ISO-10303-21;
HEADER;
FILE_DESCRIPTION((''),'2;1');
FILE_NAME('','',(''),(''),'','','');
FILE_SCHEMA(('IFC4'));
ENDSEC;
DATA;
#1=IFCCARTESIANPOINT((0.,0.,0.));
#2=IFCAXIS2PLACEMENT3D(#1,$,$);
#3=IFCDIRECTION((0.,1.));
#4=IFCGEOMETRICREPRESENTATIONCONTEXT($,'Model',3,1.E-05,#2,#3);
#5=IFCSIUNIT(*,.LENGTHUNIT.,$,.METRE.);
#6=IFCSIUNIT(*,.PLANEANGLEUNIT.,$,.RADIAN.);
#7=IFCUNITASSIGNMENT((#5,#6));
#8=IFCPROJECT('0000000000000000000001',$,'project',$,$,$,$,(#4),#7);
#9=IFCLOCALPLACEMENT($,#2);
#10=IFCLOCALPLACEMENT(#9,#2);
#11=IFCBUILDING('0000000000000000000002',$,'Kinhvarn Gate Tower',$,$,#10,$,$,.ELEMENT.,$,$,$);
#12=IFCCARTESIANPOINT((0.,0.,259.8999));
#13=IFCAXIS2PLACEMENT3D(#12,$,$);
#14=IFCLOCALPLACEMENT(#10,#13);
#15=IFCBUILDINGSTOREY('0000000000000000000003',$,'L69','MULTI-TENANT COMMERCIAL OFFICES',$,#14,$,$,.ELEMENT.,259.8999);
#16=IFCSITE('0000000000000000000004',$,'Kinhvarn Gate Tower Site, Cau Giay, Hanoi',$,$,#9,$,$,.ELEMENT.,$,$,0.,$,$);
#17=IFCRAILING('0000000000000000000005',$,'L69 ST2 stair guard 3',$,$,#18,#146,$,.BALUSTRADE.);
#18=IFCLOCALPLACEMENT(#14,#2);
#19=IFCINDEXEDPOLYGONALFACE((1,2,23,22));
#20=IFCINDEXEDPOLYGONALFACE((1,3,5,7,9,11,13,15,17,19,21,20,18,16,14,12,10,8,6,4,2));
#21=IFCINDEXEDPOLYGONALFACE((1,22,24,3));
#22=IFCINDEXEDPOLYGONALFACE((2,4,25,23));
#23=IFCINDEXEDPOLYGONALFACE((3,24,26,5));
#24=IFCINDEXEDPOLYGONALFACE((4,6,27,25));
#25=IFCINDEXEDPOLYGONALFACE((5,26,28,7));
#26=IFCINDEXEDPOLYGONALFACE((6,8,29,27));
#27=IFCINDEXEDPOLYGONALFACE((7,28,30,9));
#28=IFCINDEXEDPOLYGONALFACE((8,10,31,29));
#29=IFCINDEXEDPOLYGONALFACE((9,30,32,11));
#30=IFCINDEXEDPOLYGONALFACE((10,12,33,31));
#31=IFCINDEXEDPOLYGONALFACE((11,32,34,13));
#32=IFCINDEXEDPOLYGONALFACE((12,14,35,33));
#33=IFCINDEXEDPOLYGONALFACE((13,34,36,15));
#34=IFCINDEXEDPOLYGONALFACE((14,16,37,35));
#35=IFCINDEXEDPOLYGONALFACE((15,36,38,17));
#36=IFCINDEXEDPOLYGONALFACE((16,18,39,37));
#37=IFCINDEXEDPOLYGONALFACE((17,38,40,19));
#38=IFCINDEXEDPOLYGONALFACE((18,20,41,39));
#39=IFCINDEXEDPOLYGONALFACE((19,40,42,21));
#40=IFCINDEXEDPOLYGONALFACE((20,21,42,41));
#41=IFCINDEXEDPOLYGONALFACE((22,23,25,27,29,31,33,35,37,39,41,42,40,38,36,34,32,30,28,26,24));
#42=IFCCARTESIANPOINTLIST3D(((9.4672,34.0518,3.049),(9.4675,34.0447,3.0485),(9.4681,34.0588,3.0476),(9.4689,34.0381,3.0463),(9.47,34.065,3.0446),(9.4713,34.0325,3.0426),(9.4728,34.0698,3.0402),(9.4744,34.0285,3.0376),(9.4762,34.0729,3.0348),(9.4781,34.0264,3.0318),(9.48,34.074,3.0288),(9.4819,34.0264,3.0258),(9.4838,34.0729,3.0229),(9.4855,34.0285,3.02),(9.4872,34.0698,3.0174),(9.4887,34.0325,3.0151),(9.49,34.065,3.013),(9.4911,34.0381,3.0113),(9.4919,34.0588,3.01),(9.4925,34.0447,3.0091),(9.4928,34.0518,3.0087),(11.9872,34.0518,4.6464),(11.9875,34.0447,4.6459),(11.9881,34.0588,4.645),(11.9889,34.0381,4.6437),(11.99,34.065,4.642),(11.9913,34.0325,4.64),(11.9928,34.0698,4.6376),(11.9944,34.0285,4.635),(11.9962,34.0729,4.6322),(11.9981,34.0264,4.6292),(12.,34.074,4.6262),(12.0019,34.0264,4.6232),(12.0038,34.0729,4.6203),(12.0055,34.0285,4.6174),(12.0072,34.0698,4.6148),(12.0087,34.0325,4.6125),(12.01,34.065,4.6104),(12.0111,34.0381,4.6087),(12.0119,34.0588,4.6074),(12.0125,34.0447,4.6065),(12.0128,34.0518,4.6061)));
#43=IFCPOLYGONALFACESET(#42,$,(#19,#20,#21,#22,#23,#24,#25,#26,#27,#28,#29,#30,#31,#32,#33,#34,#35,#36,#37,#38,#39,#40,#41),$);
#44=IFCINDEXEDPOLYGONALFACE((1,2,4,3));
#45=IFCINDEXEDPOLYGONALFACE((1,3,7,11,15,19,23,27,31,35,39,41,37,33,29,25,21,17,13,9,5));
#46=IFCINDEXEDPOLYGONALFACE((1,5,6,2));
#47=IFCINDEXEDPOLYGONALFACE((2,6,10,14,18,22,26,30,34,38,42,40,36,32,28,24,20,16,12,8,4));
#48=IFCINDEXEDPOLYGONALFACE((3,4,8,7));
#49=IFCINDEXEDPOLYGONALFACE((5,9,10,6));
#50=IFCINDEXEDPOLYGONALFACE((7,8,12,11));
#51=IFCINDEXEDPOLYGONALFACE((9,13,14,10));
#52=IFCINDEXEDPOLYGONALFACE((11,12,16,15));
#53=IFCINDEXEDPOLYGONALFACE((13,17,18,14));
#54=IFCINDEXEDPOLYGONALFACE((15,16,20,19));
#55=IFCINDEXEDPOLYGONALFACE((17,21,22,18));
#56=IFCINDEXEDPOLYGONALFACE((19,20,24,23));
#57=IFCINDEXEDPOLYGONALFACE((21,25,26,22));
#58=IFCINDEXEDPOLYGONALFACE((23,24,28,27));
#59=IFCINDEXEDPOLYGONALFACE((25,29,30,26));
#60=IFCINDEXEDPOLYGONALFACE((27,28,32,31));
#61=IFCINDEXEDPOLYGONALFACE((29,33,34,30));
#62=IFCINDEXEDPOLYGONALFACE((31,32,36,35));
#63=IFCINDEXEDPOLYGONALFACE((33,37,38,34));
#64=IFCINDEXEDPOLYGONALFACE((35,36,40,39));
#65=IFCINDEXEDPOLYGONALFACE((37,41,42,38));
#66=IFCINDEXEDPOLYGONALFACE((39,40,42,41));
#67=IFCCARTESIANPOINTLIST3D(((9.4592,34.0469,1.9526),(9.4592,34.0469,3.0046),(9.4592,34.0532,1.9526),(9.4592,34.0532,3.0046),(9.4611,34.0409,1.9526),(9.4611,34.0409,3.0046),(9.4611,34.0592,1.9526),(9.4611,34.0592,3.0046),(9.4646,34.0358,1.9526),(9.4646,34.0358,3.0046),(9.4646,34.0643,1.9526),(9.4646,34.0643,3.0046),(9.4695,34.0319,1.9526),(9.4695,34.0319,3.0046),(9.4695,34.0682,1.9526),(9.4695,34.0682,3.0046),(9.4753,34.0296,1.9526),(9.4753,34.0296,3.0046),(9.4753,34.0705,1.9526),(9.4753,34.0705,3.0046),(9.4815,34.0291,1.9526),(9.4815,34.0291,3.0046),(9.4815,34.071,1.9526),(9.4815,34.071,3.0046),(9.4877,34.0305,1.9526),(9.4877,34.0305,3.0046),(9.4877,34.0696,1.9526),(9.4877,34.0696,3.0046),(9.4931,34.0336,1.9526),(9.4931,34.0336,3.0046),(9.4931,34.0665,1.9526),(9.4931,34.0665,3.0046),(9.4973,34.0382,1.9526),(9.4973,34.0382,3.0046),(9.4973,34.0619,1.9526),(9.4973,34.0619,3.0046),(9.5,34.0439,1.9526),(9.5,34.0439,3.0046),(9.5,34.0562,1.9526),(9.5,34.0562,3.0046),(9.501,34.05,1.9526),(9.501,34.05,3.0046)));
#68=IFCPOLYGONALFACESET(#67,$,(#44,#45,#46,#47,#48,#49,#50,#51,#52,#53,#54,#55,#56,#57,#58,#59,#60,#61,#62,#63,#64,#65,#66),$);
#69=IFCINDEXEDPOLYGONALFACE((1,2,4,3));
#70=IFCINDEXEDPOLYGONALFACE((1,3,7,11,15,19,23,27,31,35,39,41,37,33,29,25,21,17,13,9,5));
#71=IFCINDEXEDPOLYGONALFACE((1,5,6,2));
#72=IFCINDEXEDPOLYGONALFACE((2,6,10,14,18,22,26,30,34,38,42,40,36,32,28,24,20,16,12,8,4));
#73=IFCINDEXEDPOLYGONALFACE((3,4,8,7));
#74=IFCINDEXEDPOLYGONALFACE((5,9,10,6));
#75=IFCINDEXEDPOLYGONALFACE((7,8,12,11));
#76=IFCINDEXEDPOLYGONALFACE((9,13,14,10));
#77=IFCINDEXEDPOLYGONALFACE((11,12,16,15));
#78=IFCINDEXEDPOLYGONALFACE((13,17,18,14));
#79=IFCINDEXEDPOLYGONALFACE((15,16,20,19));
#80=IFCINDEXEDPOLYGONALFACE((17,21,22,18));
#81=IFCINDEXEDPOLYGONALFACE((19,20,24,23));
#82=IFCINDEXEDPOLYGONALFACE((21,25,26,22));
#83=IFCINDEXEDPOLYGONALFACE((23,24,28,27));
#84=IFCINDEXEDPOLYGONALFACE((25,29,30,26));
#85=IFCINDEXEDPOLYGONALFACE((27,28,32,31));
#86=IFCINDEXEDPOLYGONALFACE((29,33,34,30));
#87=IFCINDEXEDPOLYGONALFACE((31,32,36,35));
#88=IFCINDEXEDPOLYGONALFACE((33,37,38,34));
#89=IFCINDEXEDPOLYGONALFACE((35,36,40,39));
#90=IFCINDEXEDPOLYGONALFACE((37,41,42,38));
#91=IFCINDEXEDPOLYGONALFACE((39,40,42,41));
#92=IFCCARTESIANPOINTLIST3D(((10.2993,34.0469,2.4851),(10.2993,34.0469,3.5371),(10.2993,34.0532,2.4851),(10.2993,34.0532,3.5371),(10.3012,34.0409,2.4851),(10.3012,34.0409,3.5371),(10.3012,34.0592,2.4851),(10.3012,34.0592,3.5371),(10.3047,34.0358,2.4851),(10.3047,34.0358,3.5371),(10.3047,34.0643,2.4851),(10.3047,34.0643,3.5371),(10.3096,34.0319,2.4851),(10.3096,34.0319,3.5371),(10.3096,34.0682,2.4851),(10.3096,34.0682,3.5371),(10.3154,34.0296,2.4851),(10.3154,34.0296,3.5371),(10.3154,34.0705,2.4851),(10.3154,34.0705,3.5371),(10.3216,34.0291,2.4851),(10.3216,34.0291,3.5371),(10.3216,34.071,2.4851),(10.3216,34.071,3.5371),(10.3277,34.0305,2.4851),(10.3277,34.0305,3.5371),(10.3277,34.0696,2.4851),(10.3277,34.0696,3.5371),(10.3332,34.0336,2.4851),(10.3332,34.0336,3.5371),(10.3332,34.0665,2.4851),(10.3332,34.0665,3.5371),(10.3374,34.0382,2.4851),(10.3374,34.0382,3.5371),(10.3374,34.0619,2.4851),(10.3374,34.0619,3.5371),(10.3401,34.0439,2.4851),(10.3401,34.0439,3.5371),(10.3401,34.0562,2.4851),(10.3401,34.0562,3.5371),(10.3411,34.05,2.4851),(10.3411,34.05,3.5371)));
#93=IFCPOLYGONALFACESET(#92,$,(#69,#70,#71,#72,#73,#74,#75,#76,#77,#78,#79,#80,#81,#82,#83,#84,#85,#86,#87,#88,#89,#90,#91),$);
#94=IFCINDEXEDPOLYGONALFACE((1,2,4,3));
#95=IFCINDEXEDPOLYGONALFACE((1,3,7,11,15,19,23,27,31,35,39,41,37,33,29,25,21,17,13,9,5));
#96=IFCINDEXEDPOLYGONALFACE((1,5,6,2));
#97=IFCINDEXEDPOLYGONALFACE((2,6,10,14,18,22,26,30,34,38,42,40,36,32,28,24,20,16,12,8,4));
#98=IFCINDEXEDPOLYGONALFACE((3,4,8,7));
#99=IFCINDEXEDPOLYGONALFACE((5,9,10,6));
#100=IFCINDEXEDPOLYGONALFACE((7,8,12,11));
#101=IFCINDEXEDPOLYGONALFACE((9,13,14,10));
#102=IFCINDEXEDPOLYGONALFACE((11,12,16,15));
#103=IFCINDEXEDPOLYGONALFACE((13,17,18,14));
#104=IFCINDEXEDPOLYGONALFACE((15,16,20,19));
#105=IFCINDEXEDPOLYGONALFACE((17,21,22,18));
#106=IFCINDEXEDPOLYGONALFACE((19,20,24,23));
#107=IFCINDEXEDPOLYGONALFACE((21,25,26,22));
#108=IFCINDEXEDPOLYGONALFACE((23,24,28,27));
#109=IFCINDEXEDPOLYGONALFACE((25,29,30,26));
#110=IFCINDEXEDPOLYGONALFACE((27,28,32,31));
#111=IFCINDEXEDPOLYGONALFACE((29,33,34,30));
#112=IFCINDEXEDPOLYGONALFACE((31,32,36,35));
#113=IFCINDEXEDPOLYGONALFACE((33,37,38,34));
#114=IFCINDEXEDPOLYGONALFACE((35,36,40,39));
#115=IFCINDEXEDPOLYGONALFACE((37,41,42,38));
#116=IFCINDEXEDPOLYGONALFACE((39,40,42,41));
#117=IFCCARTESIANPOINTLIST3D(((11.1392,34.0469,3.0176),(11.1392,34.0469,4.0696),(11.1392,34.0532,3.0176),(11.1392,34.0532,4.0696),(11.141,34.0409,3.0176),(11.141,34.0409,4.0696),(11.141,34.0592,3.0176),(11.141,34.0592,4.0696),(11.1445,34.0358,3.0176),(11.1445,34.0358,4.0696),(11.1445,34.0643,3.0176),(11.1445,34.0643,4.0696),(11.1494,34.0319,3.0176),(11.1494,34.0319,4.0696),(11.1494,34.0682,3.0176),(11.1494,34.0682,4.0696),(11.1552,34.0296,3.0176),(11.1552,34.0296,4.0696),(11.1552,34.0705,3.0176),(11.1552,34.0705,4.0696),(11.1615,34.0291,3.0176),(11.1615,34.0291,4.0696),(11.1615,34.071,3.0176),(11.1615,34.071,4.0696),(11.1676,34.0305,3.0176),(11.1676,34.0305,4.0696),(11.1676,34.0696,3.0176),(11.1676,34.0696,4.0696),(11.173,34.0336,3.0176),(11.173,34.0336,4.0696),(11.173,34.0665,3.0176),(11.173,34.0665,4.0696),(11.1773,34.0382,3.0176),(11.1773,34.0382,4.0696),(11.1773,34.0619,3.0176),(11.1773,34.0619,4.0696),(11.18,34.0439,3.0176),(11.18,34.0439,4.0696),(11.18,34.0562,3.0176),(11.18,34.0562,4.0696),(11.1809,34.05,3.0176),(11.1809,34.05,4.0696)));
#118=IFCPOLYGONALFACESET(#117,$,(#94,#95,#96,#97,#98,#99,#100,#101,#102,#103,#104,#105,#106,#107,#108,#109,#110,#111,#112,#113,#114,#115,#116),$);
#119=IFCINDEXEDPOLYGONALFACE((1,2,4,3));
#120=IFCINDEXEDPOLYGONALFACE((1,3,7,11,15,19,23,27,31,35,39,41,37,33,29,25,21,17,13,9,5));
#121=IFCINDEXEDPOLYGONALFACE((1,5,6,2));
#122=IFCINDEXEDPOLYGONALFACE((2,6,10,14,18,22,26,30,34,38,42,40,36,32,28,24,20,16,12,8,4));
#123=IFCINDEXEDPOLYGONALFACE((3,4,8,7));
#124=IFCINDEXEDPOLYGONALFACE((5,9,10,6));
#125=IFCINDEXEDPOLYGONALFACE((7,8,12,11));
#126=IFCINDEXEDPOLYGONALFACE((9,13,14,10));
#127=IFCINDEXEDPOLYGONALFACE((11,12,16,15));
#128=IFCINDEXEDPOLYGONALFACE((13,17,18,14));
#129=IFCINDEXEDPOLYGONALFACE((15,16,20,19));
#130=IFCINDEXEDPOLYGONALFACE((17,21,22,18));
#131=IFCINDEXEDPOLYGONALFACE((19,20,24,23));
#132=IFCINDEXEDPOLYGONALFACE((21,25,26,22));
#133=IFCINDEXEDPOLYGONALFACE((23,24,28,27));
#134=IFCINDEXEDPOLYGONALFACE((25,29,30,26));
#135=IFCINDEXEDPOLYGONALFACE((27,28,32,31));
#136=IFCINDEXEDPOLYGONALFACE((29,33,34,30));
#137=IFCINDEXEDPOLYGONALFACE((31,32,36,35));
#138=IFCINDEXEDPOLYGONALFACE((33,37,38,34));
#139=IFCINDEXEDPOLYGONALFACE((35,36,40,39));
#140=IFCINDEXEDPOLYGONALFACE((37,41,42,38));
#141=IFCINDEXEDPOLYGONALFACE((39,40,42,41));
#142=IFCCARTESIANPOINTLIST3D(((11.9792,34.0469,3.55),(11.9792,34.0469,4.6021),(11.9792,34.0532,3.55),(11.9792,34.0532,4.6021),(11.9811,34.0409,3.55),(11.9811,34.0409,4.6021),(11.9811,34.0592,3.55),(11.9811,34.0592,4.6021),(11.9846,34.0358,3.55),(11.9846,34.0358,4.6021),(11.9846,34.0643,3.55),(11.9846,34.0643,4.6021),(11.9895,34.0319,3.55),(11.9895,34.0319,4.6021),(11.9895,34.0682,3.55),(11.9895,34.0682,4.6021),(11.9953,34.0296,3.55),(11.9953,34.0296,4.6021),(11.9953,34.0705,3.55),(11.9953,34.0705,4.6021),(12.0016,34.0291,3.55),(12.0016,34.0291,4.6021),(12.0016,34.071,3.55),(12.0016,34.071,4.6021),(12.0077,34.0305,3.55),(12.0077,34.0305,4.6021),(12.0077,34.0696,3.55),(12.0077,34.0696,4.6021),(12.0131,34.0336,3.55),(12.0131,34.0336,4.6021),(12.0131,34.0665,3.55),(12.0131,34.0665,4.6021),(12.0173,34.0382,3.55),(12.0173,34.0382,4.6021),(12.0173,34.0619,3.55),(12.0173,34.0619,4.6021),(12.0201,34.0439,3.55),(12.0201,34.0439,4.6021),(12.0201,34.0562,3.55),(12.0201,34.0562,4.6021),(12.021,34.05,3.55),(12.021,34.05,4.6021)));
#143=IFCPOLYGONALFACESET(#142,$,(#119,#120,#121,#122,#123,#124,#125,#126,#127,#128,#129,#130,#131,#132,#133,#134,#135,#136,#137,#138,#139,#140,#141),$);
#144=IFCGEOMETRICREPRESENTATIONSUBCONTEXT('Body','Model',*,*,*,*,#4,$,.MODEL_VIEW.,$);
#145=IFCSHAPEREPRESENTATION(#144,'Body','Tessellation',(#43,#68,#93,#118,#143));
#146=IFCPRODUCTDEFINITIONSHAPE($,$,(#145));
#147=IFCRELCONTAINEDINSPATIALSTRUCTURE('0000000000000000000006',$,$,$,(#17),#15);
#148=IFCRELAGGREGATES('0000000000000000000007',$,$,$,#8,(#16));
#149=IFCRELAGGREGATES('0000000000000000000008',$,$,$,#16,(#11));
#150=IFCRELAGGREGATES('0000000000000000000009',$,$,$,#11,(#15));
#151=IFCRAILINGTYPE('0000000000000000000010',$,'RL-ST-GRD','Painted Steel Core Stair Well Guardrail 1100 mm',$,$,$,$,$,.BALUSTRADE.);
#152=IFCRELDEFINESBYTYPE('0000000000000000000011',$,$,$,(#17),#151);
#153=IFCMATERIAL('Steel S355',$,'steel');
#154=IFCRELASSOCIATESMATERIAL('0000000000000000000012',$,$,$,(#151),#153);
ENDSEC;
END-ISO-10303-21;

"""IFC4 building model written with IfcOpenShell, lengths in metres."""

from ifc_helpers import new_model, si_unit, direction, frame, origin, origin_2d, place, context, subcontext, project, spatial, circle, extrude, material, type_object, element, save


model = new_model("IFC4")

# Units and contexts
model_context = context("Model", 3, precision=1e-05, world=origin(), true_north=direction((0.0, 1.0)))
body_context = subcontext(model_context, "Body", "Model", "MODEL_VIEW")
ifc_project = project(units=[si_unit("LENGTHUNIT", "METRE"), si_unit("PLANEANGLEUNIT", "RADIAN")], contexts=[model_context])

# Site, building, storey
site_placement = place(None, origin())
site = spatial("IfcSite", under=ifc_project, at=site_placement, Name="Kinhvarn Gate Tower Site, Cau Giay, Hanoi", CompositionType="ELEMENT", RefElevation=0.0)
building_placement = place(site_placement, origin())
building = spatial("IfcBuilding", under=site, at=building_placement, Name="Kinhvarn Gate Tower", CompositionType="ELEMENT")
storey_placement = place(building_placement, frame((0.0, 0.0, 259.8999)))
storey = spatial("IfcBuildingStorey", under=building, at=storey_placement, Name="L69", Description="MULTI-TENANT COMMERCIAL OFFICES", CompositionType="ELEMENT", Elevation=259.8999)

# Railing
ifc_material_1 = material(Name="Steel S355", Category="steel")
railing_type_1 = type_object("IfcRailingType", Name="RL-ST-GRD", Description="Painted Steel Core Stair Well Guardrail 1100 mm", PredefinedType="BALUSTRADE", material=ifc_material_1)
railing_1_placement = place(storey_placement, frame((9.48, 34.05, 1.9526)))
element("IfcRailing", 1, at=railing_1_placement, inside=storey, type_object=railing_type_1, Name="L69 ST2 stair guard 3", PredefinedType="BALUSTRADE", context=body_context, shape_type="SweptSolid", body=[
    extrude(circle(Radius=0.0239, at=origin_2d()), frame((0.0, 0.0, 1.0762), z_axis=(0.844607, 0.0, 0.535387), x_axis=(0.0, 1.0, 0.0)), (0.0, 0.0, 1.0), 2.9836),
    extrude(circle(Radius=0.021, at=origin_2d()), origin(), (0.0, 0.0, 1.0), 1.052),
    extrude(circle(Radius=0.021, at=origin_2d()), frame((0.8401, 0.0, 0.5325)), (0.0, 0.0, 1.0), 1.052),
    extrude(circle(Radius=0.021, at=origin_2d()), frame((1.6799, 0.0, 1.0649)), (0.0, 0.0, 1.0), 1.052),
    extrude(circle(Radius=0.021, at=origin_2d()), frame((2.52, 0.0, 1.5974)), (0.0, 0.0, 1.0), 1.052),
])

save(model, "model.ifc")
